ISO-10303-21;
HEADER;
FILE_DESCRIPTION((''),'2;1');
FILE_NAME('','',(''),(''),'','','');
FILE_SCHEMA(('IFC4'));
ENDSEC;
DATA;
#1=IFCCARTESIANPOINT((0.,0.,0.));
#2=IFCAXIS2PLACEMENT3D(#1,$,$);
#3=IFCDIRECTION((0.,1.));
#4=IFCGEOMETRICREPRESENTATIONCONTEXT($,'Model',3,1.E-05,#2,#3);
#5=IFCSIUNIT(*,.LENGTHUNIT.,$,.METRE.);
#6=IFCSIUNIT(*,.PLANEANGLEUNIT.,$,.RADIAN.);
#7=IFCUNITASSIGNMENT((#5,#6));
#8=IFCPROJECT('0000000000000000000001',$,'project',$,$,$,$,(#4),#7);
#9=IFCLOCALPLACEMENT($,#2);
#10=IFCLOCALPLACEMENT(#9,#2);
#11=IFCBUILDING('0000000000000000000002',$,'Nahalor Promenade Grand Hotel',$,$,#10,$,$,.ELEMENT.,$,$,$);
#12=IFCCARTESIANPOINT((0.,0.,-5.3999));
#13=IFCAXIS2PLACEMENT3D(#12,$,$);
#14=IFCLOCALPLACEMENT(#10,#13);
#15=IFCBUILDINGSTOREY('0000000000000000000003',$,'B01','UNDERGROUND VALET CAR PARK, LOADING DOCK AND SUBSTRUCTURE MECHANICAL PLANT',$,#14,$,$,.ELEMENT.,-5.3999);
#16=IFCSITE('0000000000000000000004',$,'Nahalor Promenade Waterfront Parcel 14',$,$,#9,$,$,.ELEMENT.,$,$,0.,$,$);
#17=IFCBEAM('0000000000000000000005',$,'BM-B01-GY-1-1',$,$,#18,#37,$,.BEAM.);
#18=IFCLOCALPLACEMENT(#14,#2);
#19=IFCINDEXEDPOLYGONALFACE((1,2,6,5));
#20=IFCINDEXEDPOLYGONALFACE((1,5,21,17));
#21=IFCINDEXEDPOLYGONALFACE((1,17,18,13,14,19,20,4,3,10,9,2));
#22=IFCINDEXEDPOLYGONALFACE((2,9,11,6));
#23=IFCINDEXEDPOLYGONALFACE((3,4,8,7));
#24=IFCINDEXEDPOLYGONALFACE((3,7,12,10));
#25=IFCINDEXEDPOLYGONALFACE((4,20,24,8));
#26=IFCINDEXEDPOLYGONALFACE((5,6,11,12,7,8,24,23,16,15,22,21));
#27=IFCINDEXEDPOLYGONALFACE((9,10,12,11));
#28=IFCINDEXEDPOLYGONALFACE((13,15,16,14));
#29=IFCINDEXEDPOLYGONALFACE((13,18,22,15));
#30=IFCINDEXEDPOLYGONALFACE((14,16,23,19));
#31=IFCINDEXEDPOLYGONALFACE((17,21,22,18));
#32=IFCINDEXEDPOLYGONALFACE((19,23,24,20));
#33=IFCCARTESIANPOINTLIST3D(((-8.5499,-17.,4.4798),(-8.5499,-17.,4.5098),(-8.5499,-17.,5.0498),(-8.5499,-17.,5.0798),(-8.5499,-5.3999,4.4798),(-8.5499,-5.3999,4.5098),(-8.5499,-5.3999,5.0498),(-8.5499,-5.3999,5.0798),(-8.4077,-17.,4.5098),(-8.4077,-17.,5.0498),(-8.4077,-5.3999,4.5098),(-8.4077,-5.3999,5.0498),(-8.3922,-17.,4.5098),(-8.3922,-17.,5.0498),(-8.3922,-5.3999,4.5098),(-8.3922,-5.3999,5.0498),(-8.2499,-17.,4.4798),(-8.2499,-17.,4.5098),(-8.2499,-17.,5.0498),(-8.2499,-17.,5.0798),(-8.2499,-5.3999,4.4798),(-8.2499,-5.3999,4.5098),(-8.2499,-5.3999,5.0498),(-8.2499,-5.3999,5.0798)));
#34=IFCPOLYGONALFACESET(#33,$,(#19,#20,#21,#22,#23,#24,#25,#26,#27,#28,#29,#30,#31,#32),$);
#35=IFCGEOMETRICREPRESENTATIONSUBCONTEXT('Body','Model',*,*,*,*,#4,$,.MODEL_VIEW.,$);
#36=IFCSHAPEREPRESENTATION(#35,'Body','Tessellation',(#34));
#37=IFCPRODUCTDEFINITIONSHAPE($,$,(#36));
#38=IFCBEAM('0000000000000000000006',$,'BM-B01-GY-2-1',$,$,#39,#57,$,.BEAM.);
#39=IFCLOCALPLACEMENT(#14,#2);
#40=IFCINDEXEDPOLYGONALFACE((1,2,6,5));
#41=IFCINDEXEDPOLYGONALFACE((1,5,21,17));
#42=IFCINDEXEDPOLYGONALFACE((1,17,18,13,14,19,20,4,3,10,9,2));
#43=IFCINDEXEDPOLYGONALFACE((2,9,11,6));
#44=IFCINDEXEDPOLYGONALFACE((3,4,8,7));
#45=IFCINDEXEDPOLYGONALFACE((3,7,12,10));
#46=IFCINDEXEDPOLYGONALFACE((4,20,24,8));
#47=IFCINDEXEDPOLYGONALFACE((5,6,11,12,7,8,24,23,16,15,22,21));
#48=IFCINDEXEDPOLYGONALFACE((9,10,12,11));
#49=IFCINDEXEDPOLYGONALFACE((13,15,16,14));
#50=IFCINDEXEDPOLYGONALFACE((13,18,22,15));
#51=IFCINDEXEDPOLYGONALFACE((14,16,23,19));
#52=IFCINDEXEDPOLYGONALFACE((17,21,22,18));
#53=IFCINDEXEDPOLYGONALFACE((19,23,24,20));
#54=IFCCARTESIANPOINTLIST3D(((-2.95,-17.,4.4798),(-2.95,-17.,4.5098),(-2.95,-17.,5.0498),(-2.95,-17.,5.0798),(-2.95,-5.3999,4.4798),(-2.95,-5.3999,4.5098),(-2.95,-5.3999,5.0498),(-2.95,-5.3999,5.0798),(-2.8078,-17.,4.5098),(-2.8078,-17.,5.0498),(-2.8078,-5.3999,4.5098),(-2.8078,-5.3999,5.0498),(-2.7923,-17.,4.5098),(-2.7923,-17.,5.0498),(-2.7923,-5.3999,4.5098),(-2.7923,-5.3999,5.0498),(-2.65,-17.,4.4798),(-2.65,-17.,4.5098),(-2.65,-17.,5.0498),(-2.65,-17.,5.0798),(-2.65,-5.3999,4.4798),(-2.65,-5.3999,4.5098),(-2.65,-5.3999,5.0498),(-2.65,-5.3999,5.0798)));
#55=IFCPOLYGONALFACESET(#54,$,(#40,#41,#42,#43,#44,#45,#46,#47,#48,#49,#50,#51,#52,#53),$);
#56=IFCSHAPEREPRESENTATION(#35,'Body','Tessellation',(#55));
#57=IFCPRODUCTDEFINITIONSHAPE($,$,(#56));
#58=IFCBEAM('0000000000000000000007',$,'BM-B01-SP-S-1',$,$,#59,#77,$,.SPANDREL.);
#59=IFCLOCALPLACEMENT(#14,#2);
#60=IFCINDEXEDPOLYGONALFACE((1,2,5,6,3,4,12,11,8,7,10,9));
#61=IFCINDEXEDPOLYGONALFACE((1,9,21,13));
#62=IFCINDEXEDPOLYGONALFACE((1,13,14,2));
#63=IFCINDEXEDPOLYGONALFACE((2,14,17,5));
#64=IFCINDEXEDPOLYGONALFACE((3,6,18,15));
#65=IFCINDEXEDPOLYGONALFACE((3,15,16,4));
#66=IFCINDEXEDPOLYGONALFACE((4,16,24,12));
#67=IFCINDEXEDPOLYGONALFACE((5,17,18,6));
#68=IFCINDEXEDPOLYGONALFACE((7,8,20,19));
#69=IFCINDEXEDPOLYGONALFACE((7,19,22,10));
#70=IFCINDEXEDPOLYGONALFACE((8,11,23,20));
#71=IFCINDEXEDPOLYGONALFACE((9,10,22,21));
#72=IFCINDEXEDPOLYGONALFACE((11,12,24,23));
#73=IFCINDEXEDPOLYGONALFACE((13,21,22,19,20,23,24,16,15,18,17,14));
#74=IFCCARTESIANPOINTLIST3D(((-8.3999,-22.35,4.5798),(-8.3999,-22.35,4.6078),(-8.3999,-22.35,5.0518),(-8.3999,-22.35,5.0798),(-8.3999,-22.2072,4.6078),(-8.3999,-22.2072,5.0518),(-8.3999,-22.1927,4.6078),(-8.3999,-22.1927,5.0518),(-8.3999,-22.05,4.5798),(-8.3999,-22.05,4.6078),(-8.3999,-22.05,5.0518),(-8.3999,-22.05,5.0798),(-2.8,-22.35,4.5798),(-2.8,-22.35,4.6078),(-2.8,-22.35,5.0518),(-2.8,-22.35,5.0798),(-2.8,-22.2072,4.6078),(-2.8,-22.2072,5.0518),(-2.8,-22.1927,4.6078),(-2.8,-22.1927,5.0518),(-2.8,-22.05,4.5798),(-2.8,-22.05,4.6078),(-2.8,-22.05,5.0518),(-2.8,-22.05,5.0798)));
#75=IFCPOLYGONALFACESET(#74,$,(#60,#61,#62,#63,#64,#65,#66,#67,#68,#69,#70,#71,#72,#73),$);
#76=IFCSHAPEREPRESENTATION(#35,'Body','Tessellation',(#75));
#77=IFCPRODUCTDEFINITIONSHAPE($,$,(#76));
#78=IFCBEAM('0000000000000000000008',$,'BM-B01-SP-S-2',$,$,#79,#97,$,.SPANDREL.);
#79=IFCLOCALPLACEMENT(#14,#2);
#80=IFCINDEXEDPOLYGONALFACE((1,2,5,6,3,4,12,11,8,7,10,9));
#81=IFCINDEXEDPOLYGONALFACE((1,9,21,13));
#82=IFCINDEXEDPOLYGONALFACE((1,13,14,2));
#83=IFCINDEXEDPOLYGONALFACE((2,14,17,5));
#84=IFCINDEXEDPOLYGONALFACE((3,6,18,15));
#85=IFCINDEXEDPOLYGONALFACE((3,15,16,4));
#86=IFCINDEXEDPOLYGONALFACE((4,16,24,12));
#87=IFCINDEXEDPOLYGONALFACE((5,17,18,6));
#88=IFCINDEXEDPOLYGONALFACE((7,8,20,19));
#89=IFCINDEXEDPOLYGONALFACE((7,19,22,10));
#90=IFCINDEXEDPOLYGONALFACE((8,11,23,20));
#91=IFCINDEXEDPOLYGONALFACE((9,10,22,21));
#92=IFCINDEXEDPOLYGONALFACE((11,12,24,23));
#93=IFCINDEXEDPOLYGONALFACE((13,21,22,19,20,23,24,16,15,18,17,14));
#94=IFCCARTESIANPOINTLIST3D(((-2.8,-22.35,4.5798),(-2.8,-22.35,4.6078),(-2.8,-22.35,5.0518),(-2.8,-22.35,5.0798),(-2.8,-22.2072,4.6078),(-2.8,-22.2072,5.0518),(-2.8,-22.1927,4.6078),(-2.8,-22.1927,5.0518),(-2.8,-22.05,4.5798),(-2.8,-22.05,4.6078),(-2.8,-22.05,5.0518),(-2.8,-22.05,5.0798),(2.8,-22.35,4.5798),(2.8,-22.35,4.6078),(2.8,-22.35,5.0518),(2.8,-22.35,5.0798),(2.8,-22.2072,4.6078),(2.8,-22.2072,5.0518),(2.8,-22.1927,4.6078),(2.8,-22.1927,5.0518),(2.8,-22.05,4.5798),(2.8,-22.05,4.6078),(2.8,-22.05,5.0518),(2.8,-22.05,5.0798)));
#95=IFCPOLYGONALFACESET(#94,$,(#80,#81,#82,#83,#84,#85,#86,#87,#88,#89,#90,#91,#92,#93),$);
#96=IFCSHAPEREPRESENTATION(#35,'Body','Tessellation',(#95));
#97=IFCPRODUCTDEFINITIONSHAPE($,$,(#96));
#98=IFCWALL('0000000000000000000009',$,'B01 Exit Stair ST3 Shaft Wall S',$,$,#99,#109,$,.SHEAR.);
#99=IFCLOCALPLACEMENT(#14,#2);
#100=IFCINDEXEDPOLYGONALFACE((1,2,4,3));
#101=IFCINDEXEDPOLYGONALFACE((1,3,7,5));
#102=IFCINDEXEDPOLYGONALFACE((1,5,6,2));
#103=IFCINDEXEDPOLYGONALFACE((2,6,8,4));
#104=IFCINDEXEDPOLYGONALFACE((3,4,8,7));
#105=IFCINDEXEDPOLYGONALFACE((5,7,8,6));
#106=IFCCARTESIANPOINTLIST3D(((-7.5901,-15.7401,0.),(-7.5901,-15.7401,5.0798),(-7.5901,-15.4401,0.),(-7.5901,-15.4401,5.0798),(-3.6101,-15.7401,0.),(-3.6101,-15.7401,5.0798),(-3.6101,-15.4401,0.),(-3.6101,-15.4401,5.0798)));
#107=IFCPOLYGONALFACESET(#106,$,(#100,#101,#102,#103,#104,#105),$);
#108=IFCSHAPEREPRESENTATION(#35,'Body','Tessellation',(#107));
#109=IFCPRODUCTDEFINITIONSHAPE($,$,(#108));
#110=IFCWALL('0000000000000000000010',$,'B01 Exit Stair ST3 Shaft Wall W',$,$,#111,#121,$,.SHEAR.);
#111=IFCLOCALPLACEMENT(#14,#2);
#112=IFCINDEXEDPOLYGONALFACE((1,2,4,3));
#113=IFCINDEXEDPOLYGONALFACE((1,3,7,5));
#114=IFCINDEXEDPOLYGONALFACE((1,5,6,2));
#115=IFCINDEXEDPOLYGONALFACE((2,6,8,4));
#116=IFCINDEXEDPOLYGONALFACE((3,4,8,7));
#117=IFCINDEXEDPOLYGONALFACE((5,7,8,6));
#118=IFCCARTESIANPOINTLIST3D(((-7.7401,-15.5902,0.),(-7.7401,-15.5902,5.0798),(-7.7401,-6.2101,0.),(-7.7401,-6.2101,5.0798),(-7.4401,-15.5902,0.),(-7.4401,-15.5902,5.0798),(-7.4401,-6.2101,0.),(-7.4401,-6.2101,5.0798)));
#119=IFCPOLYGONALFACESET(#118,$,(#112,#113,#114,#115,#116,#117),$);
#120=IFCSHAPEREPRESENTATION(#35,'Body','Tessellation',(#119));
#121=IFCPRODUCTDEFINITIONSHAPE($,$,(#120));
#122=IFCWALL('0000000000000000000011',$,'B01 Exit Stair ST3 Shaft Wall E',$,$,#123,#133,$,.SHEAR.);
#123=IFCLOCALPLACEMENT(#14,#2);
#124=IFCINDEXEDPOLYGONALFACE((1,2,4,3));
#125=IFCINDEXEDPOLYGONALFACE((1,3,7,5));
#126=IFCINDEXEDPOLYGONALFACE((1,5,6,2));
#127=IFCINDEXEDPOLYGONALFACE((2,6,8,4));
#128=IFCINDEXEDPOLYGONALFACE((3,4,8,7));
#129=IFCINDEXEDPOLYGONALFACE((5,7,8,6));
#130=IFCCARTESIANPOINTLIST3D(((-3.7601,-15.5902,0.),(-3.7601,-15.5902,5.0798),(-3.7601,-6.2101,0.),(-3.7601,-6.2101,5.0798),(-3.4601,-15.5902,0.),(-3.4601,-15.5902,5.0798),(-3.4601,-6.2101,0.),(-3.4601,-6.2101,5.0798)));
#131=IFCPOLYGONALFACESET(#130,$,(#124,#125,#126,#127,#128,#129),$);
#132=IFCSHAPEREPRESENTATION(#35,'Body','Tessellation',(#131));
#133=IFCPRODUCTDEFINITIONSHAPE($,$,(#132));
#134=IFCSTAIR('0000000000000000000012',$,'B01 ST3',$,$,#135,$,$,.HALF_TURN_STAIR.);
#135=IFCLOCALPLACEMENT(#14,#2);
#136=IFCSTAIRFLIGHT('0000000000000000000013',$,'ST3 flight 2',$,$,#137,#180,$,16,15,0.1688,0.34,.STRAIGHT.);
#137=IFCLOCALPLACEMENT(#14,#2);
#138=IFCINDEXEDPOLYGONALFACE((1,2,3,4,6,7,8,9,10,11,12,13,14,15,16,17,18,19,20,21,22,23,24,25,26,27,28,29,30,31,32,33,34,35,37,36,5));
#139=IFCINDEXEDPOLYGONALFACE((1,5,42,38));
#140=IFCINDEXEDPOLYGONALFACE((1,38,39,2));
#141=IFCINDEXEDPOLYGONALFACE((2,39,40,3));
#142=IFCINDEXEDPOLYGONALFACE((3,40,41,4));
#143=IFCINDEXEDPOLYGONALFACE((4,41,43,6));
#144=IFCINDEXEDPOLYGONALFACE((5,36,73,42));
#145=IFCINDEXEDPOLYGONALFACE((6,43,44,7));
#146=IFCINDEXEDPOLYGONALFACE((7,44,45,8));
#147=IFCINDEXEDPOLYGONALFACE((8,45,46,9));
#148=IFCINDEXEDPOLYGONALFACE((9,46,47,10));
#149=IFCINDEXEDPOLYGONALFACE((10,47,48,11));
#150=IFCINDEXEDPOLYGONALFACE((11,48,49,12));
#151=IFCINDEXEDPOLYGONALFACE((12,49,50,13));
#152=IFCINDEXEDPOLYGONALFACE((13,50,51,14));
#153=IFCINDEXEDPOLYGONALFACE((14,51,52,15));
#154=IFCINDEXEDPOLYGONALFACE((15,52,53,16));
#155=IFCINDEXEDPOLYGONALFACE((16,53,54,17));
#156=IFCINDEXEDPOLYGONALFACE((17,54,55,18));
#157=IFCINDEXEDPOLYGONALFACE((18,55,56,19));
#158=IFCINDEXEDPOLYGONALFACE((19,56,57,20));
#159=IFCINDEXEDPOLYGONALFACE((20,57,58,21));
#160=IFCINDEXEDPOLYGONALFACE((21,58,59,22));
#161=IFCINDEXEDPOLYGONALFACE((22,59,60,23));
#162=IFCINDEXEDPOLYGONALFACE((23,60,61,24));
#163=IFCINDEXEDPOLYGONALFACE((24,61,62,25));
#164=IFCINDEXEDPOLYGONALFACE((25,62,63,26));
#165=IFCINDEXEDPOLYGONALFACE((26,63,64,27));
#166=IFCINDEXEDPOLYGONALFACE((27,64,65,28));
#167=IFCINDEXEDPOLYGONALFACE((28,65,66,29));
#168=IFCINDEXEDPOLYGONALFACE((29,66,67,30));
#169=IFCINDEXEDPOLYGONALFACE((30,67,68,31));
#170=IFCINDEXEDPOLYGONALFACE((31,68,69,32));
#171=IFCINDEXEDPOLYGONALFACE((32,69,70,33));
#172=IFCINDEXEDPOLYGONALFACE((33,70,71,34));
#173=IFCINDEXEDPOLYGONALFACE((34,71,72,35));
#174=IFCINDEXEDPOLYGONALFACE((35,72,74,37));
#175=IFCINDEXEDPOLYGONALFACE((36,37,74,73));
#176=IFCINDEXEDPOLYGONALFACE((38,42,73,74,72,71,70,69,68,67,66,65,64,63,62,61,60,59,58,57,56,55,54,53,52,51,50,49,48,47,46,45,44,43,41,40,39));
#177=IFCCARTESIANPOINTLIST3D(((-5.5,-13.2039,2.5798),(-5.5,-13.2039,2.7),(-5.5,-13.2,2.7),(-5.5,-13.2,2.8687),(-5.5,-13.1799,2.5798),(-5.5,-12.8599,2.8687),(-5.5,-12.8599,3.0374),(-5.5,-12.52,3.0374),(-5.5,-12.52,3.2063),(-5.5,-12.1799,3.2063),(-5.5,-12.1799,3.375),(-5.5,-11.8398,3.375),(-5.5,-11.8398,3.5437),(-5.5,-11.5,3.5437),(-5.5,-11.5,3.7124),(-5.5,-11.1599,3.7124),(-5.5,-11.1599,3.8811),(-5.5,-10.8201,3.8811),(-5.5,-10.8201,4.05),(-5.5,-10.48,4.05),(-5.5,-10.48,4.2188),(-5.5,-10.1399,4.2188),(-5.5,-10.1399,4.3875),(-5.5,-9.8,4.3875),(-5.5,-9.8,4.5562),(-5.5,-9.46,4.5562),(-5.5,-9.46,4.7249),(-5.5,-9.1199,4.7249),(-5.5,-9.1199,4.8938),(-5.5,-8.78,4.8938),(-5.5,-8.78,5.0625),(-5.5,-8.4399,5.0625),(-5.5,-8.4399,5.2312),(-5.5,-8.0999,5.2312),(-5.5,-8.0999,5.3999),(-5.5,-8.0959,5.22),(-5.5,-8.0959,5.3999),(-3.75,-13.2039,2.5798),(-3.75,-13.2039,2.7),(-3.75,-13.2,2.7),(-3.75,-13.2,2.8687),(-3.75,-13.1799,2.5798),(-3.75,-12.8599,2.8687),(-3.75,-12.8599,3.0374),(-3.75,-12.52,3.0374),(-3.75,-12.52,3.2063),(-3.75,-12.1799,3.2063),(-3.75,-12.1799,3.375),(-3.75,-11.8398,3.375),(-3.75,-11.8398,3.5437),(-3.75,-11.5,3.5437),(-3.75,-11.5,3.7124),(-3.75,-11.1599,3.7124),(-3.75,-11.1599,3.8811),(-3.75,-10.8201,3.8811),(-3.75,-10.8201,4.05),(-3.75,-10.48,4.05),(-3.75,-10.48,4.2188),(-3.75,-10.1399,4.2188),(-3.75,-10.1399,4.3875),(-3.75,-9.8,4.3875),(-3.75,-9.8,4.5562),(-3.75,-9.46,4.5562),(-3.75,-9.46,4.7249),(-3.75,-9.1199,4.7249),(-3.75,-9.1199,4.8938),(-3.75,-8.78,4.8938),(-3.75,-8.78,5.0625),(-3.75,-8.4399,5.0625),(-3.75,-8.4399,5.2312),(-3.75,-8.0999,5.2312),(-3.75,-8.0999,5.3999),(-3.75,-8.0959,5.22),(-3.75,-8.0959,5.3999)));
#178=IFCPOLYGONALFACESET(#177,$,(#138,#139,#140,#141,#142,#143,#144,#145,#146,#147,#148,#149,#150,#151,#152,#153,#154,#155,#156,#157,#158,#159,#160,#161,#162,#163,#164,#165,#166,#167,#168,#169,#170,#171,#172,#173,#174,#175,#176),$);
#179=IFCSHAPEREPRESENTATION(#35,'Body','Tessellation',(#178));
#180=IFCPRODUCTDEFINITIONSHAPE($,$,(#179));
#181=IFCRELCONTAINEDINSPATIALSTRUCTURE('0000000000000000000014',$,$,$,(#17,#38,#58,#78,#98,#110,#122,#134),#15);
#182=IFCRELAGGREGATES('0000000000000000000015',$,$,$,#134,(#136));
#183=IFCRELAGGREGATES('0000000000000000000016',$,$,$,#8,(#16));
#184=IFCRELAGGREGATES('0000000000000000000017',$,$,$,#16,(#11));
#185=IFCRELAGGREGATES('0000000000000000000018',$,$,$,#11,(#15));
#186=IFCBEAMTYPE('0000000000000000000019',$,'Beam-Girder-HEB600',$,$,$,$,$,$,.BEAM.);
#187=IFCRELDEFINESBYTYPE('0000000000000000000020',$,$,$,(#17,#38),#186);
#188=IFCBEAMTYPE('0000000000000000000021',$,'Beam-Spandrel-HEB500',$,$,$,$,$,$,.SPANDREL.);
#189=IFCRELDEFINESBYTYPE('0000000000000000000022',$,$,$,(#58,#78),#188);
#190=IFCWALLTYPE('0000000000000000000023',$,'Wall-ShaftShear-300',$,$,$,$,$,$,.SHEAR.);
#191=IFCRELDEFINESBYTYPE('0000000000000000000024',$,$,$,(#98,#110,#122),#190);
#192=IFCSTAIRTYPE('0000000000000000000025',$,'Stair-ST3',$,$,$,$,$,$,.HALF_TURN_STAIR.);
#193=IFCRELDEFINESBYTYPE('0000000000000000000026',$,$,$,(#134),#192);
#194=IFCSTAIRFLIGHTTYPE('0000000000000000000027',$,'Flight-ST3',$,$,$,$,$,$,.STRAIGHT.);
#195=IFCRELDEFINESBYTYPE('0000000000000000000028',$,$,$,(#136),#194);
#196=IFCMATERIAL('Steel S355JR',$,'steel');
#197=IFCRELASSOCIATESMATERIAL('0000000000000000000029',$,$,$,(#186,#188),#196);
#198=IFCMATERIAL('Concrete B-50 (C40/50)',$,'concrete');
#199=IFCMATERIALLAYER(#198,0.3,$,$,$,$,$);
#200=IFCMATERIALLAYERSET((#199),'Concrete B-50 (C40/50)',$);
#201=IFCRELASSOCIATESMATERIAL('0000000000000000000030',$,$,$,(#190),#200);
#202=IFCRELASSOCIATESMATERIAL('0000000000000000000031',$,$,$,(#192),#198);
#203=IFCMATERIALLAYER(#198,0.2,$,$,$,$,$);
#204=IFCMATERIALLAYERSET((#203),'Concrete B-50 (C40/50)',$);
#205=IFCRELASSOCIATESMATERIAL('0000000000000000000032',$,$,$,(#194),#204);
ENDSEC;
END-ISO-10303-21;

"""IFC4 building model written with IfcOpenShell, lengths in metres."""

from ifc_helpers import new_model, si_unit, direction, frame, frame_2d, origin, origin_2d, place, context, subcontext, project, spatial, polyline, rectangle, i_section, outline, extrude, source, transform, mapped, material, layer, layer_set, material_profile, profile_set, type_object, element, aggregate, save


model = new_model("IFC4")

# Units and contexts
model_context = context("Model", 3, precision=1e-05, world=origin(), true_north=direction((0.0, 1.0)))
body_context = subcontext(model_context, "Body", "Model", "MODEL_VIEW")
ifc_project = project(units=[si_unit("LENGTHUNIT", "METRE"), si_unit("PLANEANGLEUNIT", "RADIAN")], contexts=[model_context])

# Site, building, storey
site_placement = place(None, origin())
site = spatial("IfcSite", under=ifc_project, at=site_placement, Name="Nahalor Promenade Waterfront Parcel 14", CompositionType="ELEMENT", RefElevation=0.0)
building_placement = place(site_placement, origin())
building = spatial("IfcBuilding", under=site, at=building_placement, Name="Nahalor Promenade Grand Hotel", CompositionType="ELEMENT")
storey_placement = place(building_placement, frame((0.0, 0.0, -5.3999)))
storey = spatial("IfcBuildingStorey", under=building, at=storey_placement, Name="B01", Description="UNDERGROUND VALET CAR PARK, LOADING DOCK AND SUBSTRUCTURE MECHANICAL PLANT", CompositionType="ELEMENT", Elevation=-5.3999)

# Beams
ifc_material_1 = material(Name="Steel S355JR", Category="steel")
ifc_material_profile_1 = material_profile(ifc_material_1, i_section(OverallWidth=0.3, OverallDepth=0.6, WebThickness=0.0155, FlangeThickness=0.03, at=origin_2d()), Name="HEB 600")
ifc_profile_set_1 = profile_set([ifc_material_profile_1], Name="Steel S355JR")
beam_type_1 = type_object("IfcBeamType", Name="Beam-Girder-HEB600", PredefinedType="BEAM", material=ifc_profile_set_1)
shared_shape_1 = source(origin(), body_context, "Body", "SweptSolid", [
    extrude(i_section(OverallWidth=0.3, OverallDepth=0.6, WebThickness=0.0155, FlangeThickness=0.03, at=origin_2d()), origin(), (0.0, 0.0, 1.0), 11.6001),
])
for number, where, z_axis, x_axis, name in (
    (1, (-8.3999, -17.0, 4.7798), (0.0, 1.0, 0.0), (-1.0, 0.0, 0.0), "BM-B01-GY-1-1"),
    (2, (-2.8, -17.0, 4.7798), (0.0, 1.0, 0.0), (-1.0, 0.0, 0.0), "BM-B01-GY-2-1"),
):
    element("IfcBeam", number, at=place(storey_placement, frame(where, z_axis=z_axis, x_axis=x_axis)), inside=storey, type_object=beam_type_1, Name=name, PredefinedType="BEAM", context=body_context, shape_type="MappedRepresentation", body=[
        mapped(shared_shape_1, transform((0.0, 0.0, 0.0), scale=1.0)),
    ])
ifc_material_profile_2 = material_profile(ifc_material_1, i_section(OverallWidth=0.3, OverallDepth=0.5, WebThickness=0.0145, FlangeThickness=0.028, at=origin_2d()), Name="HEB 500")
ifc_profile_set_2 = profile_set([ifc_material_profile_2], Name="Steel S355JR")
beam_type_2 = type_object("IfcBeamType", Name="Beam-Spandrel-HEB500", PredefinedType="SPANDREL", material=ifc_profile_set_2)
shared_shape_2 = source(origin(), body_context, "Body", "SweptSolid", [
    extrude(i_section(OverallWidth=0.3, OverallDepth=0.5, WebThickness=0.0145, FlangeThickness=0.028, at=origin_2d()), origin(), (0.0, 0.0, 1.0), 5.5999),
])
beam_1_placement = place(storey_placement, frame((-8.3999, -22.2, 4.8298), z_axis=(1.0, 0.0, 0.0), x_axis=(0.0, 1.0, 0.0)))
element("IfcBeam", 3, at=beam_1_placement, inside=storey, type_object=beam_type_2, Name="BM-B01-SP-S-1", PredefinedType="SPANDREL", context=body_context, shape_type="MappedRepresentation", body=[
    mapped(shared_shape_2, transform((0.0, 0.0, 0.0), scale=1.0)),
])
shared_shape_3 = source(origin(), body_context, "Body", "SweptSolid", [
    extrude(i_section(OverallWidth=0.3, OverallDepth=0.5, WebThickness=0.0145, FlangeThickness=0.028, at=origin_2d()), origin(), (0.0, 0.0, 1.0), 5.6001),
])
beam_2_placement = place(storey_placement, frame((-2.8, -22.2, 4.8298), z_axis=(1.0, 0.0, 0.0), x_axis=(0.0, 1.0, 0.0)))
element("IfcBeam", 4, at=beam_2_placement, inside=storey, type_object=beam_type_2, Name="BM-B01-SP-S-2", PredefinedType="SPANDREL", context=body_context, shape_type="MappedRepresentation", body=[
    mapped(shared_shape_3, transform((0.0, 0.0, 0.0), scale=1.0)),
])

# Walls
ifc_material_2 = material(Name="Concrete B-50 (C40/50)", Category="concrete")
ifc_layer_1 = layer(ifc_material_2, 0.3)
ifc_layer_set_1 = layer_set([ifc_layer_1], Name="Concrete B-50 (C40/50)")
wall_type = type_object("IfcWallType", Name="Wall-ShaftShear-300", PredefinedType="SHEAR", material=ifc_layer_set_1)
shared_shape_4 = source(origin(), body_context, "Body", "SweptSolid", [
    extrude(rectangle(XDim=3.98, YDim=0.3, at=frame_2d((1.99, 0.0))), origin(), (0.0, 0.0, 1.0), 5.0798),
])
wall_placement = place(storey_placement, frame((-7.5901, -15.5901, 0.0), z_axis=(0.0, 0.0, 1.0), x_axis=(1.0, 0.0, 0.0)))
element("IfcWall", 5, at=wall_placement, inside=storey, type_object=wall_type, Name="B01 Exit Stair ST3 Shaft Wall S", PredefinedType="SHEAR", context=body_context, shape_type="MappedRepresentation", body=[
    mapped(shared_shape_4, transform((0.0, 0.0, 0.0), scale=1.0)),
])
shared_shape_5 = source(origin(), body_context, "Body", "SweptSolid", [
    extrude(rectangle(XDim=9.3801, YDim=0.3, at=frame_2d((4.6899, 0.0))), origin(), (0.0, 0.0, 1.0), 5.0798),
])
for number, where, z_axis, x_axis, name in (
    (6, (-7.5901, -15.5901, 0.0), (0.0, 0.0, 1.0), (0.0, 1.0, 0.0), "B01 Exit Stair ST3 Shaft Wall W"),
    (7, (-3.6101, -15.5901, 0.0), (0.0, 0.0, 1.0), (0.0, 1.0, 0.0), "B01 Exit Stair ST3 Shaft Wall E"),
):
    element("IfcWall", number, at=place(storey_placement, frame(where, z_axis=z_axis, x_axis=x_axis)), inside=storey, type_object=wall_type, Name=name, PredefinedType="SHEAR", context=body_context, shape_type="MappedRepresentation", body=[
        mapped(shared_shape_5, transform((0.0, 0.0, 0.0), scale=1.0)),
    ])

# Stair, stair flight
stair_type = type_object("IfcStairType", Name="Stair-ST3", PredefinedType="HALF_TURN_STAIR", material=ifc_material_2)
stair_placement = place(storey_placement, origin())
stair = element("IfcStair", 8, at=stair_placement, inside=storey, type_object=stair_type, Name="B01 ST3", PredefinedType="HALF_TURN_STAIR")
ifc_layer_2 = layer(ifc_material_2, 0.2)
ifc_layer_set_2 = layer_set([ifc_layer_2], Name="Concrete B-50 (C40/50)")
stair_flight_type = type_object("IfcStairFlightType", Name="Flight-ST3", PredefinedType="STRAIGHT", material=ifc_layer_set_2)
shared_shape_6 = source(origin(), body_context, "Body", "SweptSolid", [
    extrude(outline(polyline([(-0.0039, -0.1201), (-0.0039, 0.0), (0.0, 0.0), (0.0, 0.1687), (0.3401, 0.1687), (0.3401, 0.3374), (0.6799, 0.3374), (0.6799, 0.5063), (1.02, 0.5063), (1.02, 0.675), (1.3601, 0.675), (1.3601, 0.8438), (1.7, 0.8438), (1.7, 1.0125), (2.04, 1.0125), (2.04, 1.1812), (2.3799, 1.1812), (2.3799, 1.3501), (2.72, 1.3501), (2.72, 1.5188), (3.0601, 1.5188), (3.0601, 1.6875), (3.3999, 1.6875), (3.3999, 1.8562), (3.74, 1.8562), (3.74, 2.0249), (4.0801, 2.0249), (4.0801, 2.1938), (4.4199, 2.1938), (4.4199, 2.3625), (4.76, 2.3625), (4.76, 2.5312), (5.1001, 2.5312), (5.1001, 2.7), (5.104, 2.7), (5.104, 2.52), (0.02, -0.1201), (-0.0039, -0.1201)])), frame((0.0, 0.875, 0.0), z_axis=(0.0, -1.0, 0.0), x_axis=(1.0, 0.0, 0.0)), (0.0, 0.0, 1.0), 1.75),
])
stair_flight_placement = place(storey_placement, frame((-4.625, -13.2, 2.7), z_axis=(0.0, 0.0, 1.0), x_axis=(0.0, 1.0, 0.0)))
stair_flight = element("IfcStairFlight", 9, at=stair_flight_placement, type_object=stair_flight_type, Name="ST3 flight 2", NumberOfRisers=16, NumberOfTreads=15, PredefinedType="STRAIGHT", RiserHeight=0.1688, TreadLength=0.34, context=body_context, shape_type="MappedRepresentation", body=[
    mapped(shared_shape_6, transform((0.0, 0.0, 0.0), scale=1.0)),
])
aggregate(stair, [stair_flight])

save(model, "model.ifc")
